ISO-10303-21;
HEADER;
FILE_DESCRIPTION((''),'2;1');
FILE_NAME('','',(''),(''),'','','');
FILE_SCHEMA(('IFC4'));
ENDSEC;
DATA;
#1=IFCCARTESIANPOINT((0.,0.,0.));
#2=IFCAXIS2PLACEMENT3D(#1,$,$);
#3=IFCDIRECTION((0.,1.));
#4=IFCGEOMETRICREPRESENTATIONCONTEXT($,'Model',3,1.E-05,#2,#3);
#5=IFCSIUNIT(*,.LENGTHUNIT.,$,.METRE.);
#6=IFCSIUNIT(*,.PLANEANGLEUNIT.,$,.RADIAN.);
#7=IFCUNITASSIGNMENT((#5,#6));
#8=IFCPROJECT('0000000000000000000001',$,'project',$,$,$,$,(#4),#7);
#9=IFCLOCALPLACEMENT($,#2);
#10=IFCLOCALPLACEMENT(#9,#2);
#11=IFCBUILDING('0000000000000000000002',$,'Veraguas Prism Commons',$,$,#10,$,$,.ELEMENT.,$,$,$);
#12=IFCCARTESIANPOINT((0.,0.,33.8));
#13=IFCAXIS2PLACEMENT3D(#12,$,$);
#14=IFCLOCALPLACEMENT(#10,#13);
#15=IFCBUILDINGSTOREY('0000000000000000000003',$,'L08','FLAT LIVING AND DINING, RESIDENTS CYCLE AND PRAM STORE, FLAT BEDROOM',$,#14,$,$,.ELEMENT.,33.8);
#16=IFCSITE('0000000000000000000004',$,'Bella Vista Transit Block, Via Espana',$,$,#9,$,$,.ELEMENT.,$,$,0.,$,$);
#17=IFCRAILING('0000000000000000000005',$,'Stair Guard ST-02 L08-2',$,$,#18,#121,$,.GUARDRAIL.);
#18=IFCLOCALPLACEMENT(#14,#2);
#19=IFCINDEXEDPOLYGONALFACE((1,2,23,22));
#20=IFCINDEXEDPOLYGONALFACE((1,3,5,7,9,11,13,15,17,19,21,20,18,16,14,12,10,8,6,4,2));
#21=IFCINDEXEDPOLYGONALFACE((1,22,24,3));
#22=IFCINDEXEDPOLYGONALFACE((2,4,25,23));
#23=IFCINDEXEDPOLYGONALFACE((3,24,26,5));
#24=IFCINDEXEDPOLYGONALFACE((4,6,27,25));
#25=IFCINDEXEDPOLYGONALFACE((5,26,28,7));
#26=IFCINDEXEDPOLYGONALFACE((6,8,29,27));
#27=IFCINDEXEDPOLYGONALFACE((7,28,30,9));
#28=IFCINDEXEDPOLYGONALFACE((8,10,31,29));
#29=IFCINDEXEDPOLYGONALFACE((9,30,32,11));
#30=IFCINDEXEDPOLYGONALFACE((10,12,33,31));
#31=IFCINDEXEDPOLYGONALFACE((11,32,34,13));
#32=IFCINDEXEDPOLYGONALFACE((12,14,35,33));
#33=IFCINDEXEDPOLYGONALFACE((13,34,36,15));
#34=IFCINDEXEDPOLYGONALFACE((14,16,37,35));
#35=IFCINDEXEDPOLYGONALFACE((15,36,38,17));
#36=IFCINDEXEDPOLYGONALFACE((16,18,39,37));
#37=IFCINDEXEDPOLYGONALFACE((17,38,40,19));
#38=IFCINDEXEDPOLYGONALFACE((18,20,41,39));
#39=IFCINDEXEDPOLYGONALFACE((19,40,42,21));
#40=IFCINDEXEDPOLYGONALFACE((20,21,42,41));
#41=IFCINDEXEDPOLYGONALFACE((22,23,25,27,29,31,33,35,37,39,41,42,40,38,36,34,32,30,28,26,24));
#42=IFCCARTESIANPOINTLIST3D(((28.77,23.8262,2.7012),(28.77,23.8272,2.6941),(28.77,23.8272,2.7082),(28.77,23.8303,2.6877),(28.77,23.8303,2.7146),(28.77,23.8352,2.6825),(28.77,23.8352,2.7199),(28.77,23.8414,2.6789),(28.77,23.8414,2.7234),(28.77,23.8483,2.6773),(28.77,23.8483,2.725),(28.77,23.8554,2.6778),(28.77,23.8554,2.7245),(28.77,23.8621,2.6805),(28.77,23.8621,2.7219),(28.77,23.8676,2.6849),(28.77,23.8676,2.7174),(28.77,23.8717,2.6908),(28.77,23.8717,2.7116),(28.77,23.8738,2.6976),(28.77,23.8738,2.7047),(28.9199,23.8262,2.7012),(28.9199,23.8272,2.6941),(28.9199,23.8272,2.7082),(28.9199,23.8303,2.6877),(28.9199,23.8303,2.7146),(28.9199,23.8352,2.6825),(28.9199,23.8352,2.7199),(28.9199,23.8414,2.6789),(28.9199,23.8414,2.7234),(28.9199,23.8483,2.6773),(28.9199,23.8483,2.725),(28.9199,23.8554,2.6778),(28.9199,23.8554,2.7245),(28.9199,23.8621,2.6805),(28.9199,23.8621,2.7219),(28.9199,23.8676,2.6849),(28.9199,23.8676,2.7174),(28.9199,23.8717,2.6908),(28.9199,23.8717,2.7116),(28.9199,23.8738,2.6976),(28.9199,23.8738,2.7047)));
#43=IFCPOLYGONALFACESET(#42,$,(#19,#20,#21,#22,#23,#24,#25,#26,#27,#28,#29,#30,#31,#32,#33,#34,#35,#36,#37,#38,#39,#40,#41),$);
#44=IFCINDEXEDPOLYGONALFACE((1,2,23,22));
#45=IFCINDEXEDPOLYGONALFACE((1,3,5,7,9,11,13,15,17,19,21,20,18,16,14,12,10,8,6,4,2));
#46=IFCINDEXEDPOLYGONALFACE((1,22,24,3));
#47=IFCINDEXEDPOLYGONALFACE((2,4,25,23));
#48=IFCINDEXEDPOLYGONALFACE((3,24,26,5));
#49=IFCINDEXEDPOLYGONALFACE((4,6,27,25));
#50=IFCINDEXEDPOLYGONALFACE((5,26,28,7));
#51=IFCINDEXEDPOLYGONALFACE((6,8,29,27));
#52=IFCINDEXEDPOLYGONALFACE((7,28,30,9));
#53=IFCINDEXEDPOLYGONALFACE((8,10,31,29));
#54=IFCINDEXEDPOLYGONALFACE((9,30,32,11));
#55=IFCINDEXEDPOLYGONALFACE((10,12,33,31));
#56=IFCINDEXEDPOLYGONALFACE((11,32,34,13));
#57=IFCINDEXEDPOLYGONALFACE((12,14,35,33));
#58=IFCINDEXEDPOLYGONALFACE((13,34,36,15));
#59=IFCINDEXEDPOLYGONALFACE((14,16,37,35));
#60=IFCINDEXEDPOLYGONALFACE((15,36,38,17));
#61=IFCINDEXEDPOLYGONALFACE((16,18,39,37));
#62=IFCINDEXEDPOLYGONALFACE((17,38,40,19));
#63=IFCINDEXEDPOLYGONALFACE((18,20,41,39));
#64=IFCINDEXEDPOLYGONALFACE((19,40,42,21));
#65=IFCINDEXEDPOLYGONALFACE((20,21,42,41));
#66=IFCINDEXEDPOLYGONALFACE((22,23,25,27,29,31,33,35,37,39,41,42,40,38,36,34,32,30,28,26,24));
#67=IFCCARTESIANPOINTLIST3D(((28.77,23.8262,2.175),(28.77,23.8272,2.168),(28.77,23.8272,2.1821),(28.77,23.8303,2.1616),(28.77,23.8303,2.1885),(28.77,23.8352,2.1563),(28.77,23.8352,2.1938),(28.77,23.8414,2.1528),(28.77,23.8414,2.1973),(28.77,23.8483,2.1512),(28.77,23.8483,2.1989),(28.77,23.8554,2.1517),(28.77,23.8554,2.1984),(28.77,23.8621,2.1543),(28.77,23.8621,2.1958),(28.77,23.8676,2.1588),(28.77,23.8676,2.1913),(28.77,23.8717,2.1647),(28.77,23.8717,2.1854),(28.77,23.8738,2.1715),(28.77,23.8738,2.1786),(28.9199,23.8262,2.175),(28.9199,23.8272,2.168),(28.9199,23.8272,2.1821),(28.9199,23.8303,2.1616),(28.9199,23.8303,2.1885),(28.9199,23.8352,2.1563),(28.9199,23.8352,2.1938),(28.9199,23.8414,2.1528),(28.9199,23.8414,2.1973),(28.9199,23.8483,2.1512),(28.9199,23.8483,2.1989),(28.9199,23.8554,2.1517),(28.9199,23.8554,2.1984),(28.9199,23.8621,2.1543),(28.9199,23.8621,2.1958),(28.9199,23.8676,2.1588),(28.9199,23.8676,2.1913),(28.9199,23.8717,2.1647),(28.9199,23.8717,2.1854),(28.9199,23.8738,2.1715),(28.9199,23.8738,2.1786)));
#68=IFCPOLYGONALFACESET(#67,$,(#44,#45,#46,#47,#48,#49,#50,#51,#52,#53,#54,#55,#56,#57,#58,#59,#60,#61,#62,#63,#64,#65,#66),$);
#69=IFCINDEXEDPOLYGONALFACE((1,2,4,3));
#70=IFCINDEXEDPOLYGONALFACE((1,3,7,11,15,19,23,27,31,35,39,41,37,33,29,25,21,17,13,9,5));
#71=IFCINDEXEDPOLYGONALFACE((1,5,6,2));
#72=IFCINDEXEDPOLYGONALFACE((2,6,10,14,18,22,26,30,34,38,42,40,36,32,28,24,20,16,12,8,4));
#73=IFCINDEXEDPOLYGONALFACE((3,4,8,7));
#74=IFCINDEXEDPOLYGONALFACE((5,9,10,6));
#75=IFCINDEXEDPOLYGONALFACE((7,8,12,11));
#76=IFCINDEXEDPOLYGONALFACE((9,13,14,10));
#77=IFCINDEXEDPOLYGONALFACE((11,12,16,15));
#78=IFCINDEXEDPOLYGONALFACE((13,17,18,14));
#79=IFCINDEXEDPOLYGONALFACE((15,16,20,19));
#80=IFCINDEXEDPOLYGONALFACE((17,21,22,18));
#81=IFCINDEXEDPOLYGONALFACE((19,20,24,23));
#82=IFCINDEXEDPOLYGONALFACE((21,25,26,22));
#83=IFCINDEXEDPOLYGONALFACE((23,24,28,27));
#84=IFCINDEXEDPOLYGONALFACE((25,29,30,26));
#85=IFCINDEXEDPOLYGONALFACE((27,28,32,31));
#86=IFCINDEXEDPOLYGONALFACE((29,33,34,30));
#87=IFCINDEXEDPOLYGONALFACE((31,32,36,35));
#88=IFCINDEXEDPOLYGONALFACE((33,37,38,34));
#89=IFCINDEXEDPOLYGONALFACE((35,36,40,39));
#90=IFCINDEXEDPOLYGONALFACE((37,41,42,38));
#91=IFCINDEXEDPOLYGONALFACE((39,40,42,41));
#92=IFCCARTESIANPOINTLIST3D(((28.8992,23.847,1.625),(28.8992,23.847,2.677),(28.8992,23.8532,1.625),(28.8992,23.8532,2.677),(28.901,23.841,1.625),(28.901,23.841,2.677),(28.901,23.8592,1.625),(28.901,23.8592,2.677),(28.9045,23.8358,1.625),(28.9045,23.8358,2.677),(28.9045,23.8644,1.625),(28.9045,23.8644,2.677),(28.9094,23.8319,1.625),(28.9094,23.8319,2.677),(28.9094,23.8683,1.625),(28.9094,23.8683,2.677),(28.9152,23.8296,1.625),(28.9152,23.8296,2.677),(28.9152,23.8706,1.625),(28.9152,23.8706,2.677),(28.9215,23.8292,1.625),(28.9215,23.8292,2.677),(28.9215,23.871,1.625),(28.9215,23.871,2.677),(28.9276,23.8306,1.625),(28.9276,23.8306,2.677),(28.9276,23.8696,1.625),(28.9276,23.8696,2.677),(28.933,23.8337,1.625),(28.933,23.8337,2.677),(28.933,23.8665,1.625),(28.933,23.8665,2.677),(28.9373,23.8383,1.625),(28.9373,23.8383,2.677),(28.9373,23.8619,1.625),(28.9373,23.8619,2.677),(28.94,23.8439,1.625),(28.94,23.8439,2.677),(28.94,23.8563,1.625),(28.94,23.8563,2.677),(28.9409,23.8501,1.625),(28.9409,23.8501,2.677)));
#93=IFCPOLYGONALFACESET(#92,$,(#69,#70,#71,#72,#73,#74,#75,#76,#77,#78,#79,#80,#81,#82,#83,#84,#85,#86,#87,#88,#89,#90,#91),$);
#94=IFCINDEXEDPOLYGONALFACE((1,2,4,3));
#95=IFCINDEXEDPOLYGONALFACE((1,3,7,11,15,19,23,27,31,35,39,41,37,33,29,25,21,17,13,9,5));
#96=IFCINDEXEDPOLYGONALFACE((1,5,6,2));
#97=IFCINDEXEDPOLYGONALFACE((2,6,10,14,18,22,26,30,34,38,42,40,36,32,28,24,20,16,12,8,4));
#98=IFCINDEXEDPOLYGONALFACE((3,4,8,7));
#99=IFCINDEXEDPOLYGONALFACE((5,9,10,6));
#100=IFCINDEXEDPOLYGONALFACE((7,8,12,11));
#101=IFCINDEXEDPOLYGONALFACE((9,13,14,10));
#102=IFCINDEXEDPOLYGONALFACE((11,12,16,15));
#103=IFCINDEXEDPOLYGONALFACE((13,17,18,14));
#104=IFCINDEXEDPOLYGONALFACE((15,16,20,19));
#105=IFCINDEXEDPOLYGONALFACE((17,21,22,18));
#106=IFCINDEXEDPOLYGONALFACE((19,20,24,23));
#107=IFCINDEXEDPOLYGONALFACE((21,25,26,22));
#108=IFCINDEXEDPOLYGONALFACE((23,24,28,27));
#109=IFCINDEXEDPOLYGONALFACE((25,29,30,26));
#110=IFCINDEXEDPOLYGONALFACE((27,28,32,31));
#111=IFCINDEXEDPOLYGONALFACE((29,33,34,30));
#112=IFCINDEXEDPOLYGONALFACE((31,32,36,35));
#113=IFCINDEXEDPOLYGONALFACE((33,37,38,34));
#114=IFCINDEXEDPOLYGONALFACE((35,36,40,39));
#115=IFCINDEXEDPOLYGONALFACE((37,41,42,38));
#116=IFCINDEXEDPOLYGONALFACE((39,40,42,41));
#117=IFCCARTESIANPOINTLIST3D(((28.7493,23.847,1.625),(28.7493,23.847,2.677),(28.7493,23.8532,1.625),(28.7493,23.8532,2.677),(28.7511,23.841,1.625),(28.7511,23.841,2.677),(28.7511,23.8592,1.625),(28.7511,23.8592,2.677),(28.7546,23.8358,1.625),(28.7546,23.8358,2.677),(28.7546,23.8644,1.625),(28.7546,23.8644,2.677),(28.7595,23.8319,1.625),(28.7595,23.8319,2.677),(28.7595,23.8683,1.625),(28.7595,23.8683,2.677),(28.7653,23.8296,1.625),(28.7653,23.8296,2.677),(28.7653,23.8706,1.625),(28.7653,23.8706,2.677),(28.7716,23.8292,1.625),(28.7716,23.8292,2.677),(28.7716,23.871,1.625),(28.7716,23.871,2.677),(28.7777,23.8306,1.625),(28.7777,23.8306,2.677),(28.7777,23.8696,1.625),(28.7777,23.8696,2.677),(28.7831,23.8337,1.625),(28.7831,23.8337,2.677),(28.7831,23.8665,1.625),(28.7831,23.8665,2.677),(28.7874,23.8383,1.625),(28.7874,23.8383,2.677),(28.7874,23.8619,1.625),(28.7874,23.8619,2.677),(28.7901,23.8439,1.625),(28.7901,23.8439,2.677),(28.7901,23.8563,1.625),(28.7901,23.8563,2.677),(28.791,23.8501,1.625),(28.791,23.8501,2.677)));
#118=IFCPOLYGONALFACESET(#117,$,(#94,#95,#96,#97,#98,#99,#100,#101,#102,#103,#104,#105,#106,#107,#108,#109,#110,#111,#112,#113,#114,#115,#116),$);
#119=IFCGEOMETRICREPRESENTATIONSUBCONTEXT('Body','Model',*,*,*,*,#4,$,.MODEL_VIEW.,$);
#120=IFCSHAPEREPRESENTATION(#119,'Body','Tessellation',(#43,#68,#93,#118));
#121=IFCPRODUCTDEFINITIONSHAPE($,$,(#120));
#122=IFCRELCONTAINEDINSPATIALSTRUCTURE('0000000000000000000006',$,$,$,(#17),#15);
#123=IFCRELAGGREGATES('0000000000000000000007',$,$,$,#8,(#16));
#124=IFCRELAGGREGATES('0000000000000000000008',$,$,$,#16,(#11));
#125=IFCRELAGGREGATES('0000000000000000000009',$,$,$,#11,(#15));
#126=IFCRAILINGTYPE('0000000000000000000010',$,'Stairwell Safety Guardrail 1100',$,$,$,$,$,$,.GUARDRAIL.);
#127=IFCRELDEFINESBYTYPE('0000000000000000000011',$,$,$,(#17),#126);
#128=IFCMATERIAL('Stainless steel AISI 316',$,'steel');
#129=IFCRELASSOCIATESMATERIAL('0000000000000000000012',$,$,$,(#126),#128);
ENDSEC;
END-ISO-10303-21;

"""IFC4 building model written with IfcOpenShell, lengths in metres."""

from ifc_helpers import new_model, si_unit, direction, frame, origin, origin_2d, place, context, subcontext, project, spatial, circle, extrude, material, type_object, element, save


model = new_model("IFC4")

# Units and contexts
model_context = context("Model", 3, precision=1e-05, world=origin(), true_north=direction((0.0, 1.0)))
body_context = subcontext(model_context, "Body", "Model", "MODEL_VIEW")
ifc_project = project(units=[si_unit("LENGTHUNIT", "METRE"), si_unit("PLANEANGLEUNIT", "RADIAN")], contexts=[model_context])

# Site, building, storey
site_placement = place(None, origin())
site = spatial("IfcSite", under=ifc_project, at=site_placement, Name="Bella Vista Transit Block, Via Espana", CompositionType="ELEMENT", RefElevation=0.0)
building_placement = place(site_placement, origin())
building = spatial("IfcBuilding", under=site, at=building_placement, Name="Veraguas Prism Commons", CompositionType="ELEMENT")
storey_placement = place(building_placement, frame((0.0, 0.0, 33.8)))
storey = spatial("IfcBuildingStorey", under=building, at=storey_placement, Name="L08", Description="FLAT LIVING AND DINING, RESIDENTS CYCLE AND PRAM STORE, FLAT BEDROOM", CompositionType="ELEMENT", Elevation=33.8)

# Railing
ifc_material_1 = material(Name="Stainless steel AISI 316", Category="steel")
railing_type_1 = type_object("IfcRailingType", Name="Stairwell Safety Guardrail 1100", PredefinedType="GUARDRAIL", material=ifc_material_1)
railing_1_placement = place(storey_placement, frame((28.9199, 23.8501, 1.625)))
element("IfcRailing", 1, at=railing_1_placement, inside=storey, type_object=railing_type_1, Name="Stair Guard ST-02 L08-2", PredefinedType="GUARDRAIL", context=body_context, shape_type="SweptSolid", body=[
    extrude(circle(Radius=0.0239, at=origin_2d()), frame((0.0, 0.0, 1.0762), z_axis=(-1.0, 0.0, 0.0), x_axis=(0.0, -1.0, 0.0)), (0.0, 0.0, 1.0), 0.1499),
    extrude(circle(Radius=0.0239, at=origin_2d()), frame((0.0, 0.0, 0.55), z_axis=(-1.0, 0.0, 0.0), x_axis=(0.0, -1.0, 0.0)), (0.0, 0.0, 1.0), 0.1499),
    extrude(circle(Radius=0.021, at=origin_2d()), origin(), (0.0, 0.0, 1.0), 1.052),
    extrude(circle(Radius=0.021, at=origin_2d()), frame((-0.1499, 0.0, 0.0)), (0.0, 0.0, 1.0), 1.052),
])

save(model, "model.ifc")
